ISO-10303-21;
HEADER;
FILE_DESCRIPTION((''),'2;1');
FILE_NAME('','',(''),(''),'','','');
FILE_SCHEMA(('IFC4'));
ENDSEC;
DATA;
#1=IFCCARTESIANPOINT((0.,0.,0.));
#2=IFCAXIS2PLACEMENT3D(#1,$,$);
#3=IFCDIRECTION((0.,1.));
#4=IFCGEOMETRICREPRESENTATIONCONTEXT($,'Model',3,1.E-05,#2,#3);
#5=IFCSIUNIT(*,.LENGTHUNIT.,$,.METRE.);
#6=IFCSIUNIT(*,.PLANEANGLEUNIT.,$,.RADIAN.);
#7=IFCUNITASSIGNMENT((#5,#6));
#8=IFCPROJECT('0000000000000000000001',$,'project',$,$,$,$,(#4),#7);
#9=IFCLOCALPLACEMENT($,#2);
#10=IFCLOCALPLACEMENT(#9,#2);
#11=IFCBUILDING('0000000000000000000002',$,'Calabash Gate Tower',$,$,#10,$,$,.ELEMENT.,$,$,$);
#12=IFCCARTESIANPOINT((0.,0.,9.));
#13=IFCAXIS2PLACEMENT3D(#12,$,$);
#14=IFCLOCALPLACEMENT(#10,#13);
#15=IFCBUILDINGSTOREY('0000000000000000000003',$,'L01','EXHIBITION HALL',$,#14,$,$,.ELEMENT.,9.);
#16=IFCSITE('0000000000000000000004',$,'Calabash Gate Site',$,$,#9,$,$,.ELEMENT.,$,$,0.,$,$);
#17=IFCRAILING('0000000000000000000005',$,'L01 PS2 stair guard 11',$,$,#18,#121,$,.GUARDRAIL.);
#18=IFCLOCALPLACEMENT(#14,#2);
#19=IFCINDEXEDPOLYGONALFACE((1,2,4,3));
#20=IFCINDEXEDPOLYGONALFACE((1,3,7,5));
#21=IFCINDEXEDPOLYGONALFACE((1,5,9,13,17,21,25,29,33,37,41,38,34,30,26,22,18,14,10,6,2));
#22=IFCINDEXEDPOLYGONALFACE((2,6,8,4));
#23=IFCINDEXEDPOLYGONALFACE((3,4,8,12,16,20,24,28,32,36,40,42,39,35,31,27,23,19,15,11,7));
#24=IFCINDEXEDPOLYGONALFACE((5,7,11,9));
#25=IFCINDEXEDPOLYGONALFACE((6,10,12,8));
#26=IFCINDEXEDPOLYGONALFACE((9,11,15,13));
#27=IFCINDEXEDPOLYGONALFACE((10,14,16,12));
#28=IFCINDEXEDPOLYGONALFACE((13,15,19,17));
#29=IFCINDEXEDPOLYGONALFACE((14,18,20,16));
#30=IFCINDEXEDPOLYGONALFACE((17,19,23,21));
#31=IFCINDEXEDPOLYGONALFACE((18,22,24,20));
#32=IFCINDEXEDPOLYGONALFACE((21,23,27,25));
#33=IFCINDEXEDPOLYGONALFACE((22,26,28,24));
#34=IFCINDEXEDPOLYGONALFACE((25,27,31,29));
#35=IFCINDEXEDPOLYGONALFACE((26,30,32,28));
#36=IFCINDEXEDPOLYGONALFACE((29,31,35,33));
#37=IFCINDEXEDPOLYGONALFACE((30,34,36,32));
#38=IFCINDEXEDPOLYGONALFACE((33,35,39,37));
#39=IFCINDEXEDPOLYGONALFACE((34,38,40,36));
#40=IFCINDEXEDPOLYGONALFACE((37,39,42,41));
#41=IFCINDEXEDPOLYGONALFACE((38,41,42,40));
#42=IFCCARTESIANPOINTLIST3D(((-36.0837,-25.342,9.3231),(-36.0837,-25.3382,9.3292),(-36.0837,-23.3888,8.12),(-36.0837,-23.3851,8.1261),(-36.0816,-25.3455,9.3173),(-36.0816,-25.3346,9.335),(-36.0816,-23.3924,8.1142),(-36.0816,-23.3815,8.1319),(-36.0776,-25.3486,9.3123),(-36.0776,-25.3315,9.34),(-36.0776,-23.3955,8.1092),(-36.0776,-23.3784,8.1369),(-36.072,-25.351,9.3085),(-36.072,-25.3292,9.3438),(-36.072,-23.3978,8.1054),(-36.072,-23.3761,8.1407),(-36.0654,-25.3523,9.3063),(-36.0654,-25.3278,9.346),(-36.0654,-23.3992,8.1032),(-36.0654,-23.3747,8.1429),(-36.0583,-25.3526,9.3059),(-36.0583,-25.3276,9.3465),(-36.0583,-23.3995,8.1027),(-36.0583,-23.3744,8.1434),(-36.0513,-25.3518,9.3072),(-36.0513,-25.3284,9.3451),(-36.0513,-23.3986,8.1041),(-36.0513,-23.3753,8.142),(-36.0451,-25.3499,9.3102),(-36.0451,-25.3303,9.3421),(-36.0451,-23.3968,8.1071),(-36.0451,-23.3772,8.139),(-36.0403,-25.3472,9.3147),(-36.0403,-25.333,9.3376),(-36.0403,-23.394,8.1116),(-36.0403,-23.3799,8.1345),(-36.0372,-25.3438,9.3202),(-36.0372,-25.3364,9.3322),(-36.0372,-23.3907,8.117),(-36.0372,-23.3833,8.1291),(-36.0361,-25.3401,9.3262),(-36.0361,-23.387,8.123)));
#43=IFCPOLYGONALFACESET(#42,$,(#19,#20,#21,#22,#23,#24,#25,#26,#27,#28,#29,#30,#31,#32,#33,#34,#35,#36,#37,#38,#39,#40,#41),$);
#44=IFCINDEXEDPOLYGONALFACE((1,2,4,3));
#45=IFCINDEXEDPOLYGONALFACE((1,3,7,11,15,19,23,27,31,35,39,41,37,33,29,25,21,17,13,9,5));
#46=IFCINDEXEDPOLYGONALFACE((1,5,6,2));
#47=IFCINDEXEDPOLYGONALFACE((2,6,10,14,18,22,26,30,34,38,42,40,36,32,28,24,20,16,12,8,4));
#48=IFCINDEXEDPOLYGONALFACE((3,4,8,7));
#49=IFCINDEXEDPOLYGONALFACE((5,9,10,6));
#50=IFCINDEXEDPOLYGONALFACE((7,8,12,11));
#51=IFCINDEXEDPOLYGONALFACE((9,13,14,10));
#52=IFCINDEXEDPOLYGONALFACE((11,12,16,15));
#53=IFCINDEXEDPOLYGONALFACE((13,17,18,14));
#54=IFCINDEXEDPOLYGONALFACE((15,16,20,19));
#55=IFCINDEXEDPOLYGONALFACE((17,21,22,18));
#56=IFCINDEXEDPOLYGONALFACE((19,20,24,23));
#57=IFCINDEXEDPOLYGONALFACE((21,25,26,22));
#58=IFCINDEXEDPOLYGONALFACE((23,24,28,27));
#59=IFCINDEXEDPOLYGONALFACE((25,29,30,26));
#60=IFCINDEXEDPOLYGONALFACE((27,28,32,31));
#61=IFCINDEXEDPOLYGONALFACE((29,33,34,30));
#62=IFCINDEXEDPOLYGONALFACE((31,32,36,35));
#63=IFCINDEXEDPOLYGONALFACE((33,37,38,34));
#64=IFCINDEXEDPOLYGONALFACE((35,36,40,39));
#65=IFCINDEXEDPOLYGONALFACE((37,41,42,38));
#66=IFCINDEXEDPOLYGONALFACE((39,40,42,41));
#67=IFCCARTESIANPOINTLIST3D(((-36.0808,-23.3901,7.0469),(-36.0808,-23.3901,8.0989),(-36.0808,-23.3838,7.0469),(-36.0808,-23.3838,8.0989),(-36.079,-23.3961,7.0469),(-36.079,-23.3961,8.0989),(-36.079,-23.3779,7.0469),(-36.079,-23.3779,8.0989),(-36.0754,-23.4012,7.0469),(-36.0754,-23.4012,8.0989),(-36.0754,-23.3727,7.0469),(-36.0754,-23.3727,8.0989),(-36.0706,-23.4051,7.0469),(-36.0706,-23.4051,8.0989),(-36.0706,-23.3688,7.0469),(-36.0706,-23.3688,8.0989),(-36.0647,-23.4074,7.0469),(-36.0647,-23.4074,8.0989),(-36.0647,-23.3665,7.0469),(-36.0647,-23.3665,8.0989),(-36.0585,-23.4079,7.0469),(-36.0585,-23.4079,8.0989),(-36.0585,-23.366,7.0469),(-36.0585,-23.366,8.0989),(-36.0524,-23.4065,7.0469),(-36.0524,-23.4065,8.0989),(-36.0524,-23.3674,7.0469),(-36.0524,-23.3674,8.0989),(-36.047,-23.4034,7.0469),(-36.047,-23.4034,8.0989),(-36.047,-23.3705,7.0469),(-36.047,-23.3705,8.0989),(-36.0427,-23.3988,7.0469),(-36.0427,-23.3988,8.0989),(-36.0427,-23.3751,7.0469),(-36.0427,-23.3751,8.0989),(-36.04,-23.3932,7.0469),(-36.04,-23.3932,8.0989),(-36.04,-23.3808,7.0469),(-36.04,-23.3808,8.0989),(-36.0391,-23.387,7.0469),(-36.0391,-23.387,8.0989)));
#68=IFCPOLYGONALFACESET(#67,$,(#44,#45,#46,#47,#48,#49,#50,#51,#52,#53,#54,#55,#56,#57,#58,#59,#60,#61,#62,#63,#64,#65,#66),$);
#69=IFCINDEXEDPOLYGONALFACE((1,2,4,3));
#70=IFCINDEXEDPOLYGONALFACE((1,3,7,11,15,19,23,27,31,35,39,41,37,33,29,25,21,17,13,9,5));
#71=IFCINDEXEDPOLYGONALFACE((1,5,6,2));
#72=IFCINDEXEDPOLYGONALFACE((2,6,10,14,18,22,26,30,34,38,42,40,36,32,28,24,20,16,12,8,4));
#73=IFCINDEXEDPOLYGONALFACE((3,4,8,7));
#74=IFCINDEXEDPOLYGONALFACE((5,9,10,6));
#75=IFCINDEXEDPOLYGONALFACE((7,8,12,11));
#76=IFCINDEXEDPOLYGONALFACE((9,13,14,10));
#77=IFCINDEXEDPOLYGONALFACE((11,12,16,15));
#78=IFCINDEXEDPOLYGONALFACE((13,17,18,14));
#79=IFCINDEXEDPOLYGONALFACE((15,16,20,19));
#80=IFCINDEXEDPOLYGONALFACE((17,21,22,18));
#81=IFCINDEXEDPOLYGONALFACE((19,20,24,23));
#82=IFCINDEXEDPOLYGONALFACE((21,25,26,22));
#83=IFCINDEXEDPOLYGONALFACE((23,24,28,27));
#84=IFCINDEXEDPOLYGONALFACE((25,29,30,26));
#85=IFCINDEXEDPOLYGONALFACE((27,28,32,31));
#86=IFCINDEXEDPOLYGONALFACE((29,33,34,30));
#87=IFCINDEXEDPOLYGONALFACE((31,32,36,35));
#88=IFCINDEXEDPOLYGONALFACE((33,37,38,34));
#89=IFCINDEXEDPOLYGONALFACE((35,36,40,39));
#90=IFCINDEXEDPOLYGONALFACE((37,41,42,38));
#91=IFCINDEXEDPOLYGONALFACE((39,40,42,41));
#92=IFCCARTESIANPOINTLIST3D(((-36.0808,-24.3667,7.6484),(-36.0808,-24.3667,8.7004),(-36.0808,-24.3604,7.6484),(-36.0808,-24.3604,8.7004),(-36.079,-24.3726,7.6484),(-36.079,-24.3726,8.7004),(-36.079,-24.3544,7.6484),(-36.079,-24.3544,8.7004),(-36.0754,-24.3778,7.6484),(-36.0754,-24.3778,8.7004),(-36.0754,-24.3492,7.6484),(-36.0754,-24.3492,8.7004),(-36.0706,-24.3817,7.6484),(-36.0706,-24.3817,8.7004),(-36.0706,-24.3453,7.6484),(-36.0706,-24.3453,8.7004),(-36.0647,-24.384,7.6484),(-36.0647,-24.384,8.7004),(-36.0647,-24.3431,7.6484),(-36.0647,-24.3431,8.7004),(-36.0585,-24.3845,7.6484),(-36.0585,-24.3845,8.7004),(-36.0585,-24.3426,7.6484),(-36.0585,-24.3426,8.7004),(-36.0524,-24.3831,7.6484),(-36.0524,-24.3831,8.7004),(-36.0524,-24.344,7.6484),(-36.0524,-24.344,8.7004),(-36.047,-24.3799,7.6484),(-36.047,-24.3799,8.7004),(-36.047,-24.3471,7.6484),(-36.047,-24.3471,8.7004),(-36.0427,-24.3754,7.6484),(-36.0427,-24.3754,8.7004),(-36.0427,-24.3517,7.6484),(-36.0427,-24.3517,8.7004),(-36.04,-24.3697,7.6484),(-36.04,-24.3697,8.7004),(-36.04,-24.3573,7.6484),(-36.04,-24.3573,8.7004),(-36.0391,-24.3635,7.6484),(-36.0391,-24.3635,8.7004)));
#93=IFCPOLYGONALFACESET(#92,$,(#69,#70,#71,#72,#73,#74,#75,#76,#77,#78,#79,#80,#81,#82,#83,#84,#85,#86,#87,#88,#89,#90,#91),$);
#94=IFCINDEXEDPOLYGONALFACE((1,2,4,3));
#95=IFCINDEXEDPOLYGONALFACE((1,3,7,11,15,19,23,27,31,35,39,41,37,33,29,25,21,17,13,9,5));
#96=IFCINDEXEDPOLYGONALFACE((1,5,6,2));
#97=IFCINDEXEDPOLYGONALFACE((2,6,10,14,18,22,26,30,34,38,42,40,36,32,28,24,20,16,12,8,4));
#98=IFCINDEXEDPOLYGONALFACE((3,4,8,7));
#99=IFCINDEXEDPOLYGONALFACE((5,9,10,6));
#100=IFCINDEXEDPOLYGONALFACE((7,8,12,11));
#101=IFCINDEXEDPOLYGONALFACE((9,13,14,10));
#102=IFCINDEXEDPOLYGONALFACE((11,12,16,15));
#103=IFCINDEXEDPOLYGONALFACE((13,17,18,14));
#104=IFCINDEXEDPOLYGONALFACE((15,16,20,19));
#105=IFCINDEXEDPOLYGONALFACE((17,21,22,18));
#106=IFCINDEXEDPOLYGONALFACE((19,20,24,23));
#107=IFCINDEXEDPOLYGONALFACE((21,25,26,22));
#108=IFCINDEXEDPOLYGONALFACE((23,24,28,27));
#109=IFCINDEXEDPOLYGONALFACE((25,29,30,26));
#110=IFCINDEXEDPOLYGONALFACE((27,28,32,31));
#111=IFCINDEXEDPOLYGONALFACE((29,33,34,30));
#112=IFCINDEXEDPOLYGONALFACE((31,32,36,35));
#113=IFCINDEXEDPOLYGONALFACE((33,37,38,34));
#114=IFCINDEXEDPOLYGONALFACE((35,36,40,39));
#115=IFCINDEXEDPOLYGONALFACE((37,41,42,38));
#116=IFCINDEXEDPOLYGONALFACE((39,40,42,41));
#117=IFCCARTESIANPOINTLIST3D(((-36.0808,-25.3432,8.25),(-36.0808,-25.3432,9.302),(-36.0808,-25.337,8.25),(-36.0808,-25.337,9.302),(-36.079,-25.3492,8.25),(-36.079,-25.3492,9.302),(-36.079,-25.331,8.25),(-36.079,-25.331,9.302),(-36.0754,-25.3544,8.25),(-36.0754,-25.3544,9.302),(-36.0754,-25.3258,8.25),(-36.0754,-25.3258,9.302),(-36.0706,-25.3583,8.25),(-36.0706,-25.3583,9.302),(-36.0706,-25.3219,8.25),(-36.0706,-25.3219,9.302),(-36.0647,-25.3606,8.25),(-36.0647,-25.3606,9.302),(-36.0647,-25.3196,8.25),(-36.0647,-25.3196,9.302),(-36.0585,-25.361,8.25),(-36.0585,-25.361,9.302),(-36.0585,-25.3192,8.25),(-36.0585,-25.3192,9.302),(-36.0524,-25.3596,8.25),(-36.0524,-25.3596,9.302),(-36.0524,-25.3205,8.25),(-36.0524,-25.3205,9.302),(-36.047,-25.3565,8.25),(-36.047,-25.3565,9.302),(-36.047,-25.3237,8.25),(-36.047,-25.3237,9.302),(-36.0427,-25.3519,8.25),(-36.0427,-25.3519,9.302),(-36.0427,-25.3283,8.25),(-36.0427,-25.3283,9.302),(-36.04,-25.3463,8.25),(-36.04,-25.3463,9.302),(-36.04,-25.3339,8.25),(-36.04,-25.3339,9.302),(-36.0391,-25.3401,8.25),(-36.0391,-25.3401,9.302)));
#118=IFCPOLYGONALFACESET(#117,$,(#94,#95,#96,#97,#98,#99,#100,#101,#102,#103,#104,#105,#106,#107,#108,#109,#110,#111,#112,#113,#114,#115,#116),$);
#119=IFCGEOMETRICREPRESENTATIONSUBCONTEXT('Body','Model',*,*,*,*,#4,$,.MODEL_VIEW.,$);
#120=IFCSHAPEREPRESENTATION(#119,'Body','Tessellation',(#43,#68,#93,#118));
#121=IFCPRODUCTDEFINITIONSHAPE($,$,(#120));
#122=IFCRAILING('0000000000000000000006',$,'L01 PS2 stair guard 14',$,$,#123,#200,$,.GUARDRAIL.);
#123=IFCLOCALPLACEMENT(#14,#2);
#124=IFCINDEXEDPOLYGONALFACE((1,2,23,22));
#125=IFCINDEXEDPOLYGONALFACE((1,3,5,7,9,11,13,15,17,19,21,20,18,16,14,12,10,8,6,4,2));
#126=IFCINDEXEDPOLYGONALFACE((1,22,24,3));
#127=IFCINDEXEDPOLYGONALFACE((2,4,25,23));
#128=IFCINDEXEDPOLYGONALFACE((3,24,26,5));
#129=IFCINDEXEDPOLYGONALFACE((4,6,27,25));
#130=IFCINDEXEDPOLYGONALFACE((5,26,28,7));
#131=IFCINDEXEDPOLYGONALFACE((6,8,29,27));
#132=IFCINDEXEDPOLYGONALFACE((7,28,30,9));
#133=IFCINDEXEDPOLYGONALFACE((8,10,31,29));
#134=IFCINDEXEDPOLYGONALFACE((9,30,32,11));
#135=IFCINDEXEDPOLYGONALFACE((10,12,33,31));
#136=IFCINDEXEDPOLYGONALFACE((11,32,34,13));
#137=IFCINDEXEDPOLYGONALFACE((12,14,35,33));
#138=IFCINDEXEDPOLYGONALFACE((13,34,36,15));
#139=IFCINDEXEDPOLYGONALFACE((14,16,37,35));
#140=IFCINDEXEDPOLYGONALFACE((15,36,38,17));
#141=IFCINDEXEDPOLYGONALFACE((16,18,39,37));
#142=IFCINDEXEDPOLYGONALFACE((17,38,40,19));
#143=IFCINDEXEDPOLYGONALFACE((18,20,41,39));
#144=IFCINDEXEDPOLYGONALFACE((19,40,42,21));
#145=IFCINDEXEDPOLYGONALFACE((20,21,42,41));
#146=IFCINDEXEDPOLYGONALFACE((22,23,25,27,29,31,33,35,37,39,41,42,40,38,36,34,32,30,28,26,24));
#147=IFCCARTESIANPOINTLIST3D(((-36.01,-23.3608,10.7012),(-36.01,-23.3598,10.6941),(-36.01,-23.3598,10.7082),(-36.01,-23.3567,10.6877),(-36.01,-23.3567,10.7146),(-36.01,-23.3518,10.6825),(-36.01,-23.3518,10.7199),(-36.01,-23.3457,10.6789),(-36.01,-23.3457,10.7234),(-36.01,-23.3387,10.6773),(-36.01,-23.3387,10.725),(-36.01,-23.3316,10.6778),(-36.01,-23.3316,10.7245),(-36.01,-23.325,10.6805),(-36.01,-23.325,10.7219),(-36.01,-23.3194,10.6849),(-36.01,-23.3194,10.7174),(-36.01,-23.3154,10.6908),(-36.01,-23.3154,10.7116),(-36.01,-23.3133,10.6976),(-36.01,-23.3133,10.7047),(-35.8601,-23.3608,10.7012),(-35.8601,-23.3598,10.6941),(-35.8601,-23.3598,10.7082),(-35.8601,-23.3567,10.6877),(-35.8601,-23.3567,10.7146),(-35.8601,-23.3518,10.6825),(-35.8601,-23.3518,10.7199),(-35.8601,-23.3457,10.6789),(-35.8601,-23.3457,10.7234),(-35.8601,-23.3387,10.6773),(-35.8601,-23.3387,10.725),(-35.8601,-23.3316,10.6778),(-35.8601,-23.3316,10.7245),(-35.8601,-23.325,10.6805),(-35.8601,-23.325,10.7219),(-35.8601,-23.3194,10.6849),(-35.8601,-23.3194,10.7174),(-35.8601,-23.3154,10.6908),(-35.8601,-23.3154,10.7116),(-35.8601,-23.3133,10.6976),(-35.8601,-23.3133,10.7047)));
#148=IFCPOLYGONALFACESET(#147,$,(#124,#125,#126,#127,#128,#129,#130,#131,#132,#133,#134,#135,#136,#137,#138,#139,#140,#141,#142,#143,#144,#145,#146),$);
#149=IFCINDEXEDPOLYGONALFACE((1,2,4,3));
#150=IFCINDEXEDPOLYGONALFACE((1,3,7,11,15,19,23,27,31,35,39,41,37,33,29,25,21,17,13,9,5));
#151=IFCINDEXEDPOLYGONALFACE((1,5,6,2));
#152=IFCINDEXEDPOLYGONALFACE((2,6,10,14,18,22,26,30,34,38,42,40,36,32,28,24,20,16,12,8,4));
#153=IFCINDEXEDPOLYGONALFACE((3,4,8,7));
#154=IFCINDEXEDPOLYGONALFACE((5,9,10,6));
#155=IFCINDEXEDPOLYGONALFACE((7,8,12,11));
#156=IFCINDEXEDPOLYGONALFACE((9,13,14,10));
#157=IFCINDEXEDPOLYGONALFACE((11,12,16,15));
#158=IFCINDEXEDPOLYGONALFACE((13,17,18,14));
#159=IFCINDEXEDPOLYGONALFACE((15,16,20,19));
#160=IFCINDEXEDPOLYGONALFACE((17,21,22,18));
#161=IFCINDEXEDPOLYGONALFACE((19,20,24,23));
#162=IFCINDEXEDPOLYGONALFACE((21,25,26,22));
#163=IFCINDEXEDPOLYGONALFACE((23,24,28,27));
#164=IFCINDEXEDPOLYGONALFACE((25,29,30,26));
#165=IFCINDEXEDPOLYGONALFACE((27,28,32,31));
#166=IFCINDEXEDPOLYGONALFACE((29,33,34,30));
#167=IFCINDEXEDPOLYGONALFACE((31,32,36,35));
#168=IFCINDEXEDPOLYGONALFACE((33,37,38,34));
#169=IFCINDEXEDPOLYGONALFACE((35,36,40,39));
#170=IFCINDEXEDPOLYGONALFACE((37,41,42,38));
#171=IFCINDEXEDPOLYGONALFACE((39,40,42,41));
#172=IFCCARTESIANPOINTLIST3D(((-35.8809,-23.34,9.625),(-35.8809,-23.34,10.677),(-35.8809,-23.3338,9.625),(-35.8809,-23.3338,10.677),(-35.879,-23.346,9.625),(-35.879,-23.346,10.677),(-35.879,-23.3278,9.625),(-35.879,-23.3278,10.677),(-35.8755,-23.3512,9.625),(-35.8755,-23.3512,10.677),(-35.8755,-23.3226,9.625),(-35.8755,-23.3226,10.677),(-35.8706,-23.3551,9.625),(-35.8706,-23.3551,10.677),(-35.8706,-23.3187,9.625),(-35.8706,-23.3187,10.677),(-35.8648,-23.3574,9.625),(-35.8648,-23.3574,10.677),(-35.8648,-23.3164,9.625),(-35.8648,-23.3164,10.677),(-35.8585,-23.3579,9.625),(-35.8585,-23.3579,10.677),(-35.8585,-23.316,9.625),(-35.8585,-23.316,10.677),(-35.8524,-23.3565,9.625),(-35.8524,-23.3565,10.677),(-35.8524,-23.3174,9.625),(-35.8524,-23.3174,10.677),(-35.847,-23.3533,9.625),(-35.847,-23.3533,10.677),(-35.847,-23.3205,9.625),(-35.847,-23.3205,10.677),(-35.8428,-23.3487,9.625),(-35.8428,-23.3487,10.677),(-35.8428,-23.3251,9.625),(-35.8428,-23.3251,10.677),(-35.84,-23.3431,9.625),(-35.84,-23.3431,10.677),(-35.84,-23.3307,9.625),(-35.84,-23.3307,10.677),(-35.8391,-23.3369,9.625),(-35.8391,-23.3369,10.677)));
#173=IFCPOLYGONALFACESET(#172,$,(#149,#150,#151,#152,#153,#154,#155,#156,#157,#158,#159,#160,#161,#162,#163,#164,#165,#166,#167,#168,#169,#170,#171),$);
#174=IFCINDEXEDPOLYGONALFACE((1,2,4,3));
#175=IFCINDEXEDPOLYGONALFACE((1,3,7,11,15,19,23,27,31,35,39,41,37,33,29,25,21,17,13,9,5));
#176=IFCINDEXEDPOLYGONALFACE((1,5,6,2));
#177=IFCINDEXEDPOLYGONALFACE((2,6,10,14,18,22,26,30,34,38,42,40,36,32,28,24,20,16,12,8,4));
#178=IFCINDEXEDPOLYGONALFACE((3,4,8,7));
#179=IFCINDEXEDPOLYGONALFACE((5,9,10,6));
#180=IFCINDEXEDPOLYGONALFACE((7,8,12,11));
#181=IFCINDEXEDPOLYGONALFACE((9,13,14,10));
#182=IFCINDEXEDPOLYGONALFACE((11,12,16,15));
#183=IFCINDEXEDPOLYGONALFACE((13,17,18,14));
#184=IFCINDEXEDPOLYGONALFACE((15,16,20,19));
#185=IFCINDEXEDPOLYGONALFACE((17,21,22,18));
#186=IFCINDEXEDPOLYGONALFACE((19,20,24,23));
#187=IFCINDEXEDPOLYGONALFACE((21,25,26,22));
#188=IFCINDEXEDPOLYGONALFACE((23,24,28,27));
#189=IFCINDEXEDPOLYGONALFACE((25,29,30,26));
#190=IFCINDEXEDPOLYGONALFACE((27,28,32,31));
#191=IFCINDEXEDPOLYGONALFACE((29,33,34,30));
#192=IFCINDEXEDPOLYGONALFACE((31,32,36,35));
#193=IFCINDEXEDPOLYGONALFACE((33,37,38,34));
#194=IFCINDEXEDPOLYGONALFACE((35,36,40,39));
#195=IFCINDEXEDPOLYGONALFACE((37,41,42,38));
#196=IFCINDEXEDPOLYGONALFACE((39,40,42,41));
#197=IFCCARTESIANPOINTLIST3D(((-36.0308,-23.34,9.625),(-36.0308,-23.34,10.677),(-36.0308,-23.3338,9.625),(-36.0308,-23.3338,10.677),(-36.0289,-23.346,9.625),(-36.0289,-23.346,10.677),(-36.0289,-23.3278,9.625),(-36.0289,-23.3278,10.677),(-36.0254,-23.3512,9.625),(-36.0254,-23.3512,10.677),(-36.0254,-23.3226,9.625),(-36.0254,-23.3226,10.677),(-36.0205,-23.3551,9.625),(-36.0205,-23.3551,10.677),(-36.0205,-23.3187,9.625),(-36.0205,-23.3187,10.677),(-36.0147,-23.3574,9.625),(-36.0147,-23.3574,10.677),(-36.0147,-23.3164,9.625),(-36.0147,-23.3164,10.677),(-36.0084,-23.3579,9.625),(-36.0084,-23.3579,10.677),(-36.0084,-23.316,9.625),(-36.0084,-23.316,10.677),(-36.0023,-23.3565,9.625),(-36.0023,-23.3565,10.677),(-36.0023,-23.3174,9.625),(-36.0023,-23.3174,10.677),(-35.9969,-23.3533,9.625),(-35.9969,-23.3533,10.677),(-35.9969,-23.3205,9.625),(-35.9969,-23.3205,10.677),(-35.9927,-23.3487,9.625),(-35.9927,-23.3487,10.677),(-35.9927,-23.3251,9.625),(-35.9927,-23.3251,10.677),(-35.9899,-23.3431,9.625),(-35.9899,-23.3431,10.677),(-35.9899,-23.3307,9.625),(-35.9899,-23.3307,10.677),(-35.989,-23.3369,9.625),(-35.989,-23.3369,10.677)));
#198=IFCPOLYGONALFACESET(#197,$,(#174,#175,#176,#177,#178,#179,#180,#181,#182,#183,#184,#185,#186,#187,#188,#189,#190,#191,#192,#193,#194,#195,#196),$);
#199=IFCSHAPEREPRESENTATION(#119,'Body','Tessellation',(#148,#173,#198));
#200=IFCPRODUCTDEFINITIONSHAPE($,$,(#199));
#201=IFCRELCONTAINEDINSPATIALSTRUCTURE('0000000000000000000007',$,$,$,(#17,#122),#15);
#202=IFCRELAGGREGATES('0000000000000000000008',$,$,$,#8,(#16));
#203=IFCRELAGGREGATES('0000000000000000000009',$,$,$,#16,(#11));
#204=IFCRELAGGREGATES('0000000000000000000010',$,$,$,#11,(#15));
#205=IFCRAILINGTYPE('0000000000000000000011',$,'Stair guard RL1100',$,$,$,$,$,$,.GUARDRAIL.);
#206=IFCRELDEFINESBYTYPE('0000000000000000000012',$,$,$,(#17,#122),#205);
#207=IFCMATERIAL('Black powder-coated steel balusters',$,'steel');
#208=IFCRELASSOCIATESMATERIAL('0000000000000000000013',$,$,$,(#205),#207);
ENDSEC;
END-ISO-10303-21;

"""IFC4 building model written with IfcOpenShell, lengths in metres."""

from ifc_helpers import new_model, si_unit, direction, frame, origin, origin_2d, place, context, subcontext, project, spatial, circle, extrude, material, type_object, element, save


model = new_model("IFC4")

# Units and contexts
model_context = context("Model", 3, precision=1e-05, world=origin(), true_north=direction((0.0, 1.0)))
body_context = subcontext(model_context, "Body", "Model", "MODEL_VIEW")
ifc_project = project(units=[si_unit("LENGTHUNIT", "METRE"), si_unit("PLANEANGLEUNIT", "RADIAN")], contexts=[model_context])

# Site, building, storey
site_placement = place(None, origin())
site = spatial("IfcSite", under=ifc_project, at=site_placement, Name="Calabash Gate Site", CompositionType="ELEMENT", RefElevation=0.0)
building_placement = place(site_placement, origin())
building = spatial("IfcBuilding", under=site, at=building_placement, Name="Calabash Gate Tower", CompositionType="ELEMENT")
storey_placement = place(building_placement, frame((0.0, 0.0, 9.0)))
storey = spatial("IfcBuildingStorey", under=building, at=storey_placement, Name="L01", Description="EXHIBITION HALL", CompositionType="ELEMENT", Elevation=9.0)

# Railings
ifc_material_1 = material(Name="Black powder-coated steel balusters", Category="steel")
railing_type_1 = type_object("IfcRailingType", Name="Stair guard RL1100", PredefinedType="GUARDRAIL", material=ifc_material_1)
railing_1_placement = place(storey_placement, frame((-36.0601, -23.387, 7.0469)))
element("IfcRailing", 1, at=railing_1_placement, inside=storey, type_object=railing_type_1, Name="L01 PS2 stair guard 11", PredefinedType="GUARDRAIL", context=body_context, shape_type="SweptSolid", body=[
    extrude(circle(Radius=0.0239, at=origin_2d()), frame((0.0, 0.0, 1.0762), z_axis=(0.0, -0.851424, 0.524477), x_axis=(1.0, 0.0, 0.0)), (0.0, 0.0, 1.0), 2.2939),
    extrude(circle(Radius=0.021, at=origin_2d()), origin(), (0.0, 0.0, 1.0), 1.052),
    extrude(circle(Radius=0.021, at=origin_2d()), frame((0.0, -0.9766, 0.6016)), (0.0, 0.0, 1.0), 1.052),
    extrude(circle(Radius=0.021, at=origin_2d()), frame((0.0, -1.9531, 1.2031)), (0.0, 0.0, 1.0), 1.052),
])
railing_2_placement = place(storey_placement, frame((-35.8601, -23.3369, 9.625)))
element("IfcRailing", 2, at=railing_2_placement, inside=storey, type_object=railing_type_1, Name="L01 PS2 stair guard 14", PredefinedType="GUARDRAIL", context=body_context, shape_type="SweptSolid", body=[
    extrude(circle(Radius=0.0239, at=origin_2d()), frame((0.0, 0.0, 1.0762), z_axis=(-1.0, 0.0, 0.0), x_axis=(0.0, -1.0, 0.0)), (0.0, 0.0, 1.0), 0.1499),
    extrude(circle(Radius=0.021, at=origin_2d()), origin(), (0.0, 0.0, 1.0), 1.052),
    extrude(circle(Radius=0.021, at=origin_2d()), frame((-0.1499, 0.0, 0.0)), (0.0, 0.0, 1.0), 1.052),
])

save(model, "model.ifc")
